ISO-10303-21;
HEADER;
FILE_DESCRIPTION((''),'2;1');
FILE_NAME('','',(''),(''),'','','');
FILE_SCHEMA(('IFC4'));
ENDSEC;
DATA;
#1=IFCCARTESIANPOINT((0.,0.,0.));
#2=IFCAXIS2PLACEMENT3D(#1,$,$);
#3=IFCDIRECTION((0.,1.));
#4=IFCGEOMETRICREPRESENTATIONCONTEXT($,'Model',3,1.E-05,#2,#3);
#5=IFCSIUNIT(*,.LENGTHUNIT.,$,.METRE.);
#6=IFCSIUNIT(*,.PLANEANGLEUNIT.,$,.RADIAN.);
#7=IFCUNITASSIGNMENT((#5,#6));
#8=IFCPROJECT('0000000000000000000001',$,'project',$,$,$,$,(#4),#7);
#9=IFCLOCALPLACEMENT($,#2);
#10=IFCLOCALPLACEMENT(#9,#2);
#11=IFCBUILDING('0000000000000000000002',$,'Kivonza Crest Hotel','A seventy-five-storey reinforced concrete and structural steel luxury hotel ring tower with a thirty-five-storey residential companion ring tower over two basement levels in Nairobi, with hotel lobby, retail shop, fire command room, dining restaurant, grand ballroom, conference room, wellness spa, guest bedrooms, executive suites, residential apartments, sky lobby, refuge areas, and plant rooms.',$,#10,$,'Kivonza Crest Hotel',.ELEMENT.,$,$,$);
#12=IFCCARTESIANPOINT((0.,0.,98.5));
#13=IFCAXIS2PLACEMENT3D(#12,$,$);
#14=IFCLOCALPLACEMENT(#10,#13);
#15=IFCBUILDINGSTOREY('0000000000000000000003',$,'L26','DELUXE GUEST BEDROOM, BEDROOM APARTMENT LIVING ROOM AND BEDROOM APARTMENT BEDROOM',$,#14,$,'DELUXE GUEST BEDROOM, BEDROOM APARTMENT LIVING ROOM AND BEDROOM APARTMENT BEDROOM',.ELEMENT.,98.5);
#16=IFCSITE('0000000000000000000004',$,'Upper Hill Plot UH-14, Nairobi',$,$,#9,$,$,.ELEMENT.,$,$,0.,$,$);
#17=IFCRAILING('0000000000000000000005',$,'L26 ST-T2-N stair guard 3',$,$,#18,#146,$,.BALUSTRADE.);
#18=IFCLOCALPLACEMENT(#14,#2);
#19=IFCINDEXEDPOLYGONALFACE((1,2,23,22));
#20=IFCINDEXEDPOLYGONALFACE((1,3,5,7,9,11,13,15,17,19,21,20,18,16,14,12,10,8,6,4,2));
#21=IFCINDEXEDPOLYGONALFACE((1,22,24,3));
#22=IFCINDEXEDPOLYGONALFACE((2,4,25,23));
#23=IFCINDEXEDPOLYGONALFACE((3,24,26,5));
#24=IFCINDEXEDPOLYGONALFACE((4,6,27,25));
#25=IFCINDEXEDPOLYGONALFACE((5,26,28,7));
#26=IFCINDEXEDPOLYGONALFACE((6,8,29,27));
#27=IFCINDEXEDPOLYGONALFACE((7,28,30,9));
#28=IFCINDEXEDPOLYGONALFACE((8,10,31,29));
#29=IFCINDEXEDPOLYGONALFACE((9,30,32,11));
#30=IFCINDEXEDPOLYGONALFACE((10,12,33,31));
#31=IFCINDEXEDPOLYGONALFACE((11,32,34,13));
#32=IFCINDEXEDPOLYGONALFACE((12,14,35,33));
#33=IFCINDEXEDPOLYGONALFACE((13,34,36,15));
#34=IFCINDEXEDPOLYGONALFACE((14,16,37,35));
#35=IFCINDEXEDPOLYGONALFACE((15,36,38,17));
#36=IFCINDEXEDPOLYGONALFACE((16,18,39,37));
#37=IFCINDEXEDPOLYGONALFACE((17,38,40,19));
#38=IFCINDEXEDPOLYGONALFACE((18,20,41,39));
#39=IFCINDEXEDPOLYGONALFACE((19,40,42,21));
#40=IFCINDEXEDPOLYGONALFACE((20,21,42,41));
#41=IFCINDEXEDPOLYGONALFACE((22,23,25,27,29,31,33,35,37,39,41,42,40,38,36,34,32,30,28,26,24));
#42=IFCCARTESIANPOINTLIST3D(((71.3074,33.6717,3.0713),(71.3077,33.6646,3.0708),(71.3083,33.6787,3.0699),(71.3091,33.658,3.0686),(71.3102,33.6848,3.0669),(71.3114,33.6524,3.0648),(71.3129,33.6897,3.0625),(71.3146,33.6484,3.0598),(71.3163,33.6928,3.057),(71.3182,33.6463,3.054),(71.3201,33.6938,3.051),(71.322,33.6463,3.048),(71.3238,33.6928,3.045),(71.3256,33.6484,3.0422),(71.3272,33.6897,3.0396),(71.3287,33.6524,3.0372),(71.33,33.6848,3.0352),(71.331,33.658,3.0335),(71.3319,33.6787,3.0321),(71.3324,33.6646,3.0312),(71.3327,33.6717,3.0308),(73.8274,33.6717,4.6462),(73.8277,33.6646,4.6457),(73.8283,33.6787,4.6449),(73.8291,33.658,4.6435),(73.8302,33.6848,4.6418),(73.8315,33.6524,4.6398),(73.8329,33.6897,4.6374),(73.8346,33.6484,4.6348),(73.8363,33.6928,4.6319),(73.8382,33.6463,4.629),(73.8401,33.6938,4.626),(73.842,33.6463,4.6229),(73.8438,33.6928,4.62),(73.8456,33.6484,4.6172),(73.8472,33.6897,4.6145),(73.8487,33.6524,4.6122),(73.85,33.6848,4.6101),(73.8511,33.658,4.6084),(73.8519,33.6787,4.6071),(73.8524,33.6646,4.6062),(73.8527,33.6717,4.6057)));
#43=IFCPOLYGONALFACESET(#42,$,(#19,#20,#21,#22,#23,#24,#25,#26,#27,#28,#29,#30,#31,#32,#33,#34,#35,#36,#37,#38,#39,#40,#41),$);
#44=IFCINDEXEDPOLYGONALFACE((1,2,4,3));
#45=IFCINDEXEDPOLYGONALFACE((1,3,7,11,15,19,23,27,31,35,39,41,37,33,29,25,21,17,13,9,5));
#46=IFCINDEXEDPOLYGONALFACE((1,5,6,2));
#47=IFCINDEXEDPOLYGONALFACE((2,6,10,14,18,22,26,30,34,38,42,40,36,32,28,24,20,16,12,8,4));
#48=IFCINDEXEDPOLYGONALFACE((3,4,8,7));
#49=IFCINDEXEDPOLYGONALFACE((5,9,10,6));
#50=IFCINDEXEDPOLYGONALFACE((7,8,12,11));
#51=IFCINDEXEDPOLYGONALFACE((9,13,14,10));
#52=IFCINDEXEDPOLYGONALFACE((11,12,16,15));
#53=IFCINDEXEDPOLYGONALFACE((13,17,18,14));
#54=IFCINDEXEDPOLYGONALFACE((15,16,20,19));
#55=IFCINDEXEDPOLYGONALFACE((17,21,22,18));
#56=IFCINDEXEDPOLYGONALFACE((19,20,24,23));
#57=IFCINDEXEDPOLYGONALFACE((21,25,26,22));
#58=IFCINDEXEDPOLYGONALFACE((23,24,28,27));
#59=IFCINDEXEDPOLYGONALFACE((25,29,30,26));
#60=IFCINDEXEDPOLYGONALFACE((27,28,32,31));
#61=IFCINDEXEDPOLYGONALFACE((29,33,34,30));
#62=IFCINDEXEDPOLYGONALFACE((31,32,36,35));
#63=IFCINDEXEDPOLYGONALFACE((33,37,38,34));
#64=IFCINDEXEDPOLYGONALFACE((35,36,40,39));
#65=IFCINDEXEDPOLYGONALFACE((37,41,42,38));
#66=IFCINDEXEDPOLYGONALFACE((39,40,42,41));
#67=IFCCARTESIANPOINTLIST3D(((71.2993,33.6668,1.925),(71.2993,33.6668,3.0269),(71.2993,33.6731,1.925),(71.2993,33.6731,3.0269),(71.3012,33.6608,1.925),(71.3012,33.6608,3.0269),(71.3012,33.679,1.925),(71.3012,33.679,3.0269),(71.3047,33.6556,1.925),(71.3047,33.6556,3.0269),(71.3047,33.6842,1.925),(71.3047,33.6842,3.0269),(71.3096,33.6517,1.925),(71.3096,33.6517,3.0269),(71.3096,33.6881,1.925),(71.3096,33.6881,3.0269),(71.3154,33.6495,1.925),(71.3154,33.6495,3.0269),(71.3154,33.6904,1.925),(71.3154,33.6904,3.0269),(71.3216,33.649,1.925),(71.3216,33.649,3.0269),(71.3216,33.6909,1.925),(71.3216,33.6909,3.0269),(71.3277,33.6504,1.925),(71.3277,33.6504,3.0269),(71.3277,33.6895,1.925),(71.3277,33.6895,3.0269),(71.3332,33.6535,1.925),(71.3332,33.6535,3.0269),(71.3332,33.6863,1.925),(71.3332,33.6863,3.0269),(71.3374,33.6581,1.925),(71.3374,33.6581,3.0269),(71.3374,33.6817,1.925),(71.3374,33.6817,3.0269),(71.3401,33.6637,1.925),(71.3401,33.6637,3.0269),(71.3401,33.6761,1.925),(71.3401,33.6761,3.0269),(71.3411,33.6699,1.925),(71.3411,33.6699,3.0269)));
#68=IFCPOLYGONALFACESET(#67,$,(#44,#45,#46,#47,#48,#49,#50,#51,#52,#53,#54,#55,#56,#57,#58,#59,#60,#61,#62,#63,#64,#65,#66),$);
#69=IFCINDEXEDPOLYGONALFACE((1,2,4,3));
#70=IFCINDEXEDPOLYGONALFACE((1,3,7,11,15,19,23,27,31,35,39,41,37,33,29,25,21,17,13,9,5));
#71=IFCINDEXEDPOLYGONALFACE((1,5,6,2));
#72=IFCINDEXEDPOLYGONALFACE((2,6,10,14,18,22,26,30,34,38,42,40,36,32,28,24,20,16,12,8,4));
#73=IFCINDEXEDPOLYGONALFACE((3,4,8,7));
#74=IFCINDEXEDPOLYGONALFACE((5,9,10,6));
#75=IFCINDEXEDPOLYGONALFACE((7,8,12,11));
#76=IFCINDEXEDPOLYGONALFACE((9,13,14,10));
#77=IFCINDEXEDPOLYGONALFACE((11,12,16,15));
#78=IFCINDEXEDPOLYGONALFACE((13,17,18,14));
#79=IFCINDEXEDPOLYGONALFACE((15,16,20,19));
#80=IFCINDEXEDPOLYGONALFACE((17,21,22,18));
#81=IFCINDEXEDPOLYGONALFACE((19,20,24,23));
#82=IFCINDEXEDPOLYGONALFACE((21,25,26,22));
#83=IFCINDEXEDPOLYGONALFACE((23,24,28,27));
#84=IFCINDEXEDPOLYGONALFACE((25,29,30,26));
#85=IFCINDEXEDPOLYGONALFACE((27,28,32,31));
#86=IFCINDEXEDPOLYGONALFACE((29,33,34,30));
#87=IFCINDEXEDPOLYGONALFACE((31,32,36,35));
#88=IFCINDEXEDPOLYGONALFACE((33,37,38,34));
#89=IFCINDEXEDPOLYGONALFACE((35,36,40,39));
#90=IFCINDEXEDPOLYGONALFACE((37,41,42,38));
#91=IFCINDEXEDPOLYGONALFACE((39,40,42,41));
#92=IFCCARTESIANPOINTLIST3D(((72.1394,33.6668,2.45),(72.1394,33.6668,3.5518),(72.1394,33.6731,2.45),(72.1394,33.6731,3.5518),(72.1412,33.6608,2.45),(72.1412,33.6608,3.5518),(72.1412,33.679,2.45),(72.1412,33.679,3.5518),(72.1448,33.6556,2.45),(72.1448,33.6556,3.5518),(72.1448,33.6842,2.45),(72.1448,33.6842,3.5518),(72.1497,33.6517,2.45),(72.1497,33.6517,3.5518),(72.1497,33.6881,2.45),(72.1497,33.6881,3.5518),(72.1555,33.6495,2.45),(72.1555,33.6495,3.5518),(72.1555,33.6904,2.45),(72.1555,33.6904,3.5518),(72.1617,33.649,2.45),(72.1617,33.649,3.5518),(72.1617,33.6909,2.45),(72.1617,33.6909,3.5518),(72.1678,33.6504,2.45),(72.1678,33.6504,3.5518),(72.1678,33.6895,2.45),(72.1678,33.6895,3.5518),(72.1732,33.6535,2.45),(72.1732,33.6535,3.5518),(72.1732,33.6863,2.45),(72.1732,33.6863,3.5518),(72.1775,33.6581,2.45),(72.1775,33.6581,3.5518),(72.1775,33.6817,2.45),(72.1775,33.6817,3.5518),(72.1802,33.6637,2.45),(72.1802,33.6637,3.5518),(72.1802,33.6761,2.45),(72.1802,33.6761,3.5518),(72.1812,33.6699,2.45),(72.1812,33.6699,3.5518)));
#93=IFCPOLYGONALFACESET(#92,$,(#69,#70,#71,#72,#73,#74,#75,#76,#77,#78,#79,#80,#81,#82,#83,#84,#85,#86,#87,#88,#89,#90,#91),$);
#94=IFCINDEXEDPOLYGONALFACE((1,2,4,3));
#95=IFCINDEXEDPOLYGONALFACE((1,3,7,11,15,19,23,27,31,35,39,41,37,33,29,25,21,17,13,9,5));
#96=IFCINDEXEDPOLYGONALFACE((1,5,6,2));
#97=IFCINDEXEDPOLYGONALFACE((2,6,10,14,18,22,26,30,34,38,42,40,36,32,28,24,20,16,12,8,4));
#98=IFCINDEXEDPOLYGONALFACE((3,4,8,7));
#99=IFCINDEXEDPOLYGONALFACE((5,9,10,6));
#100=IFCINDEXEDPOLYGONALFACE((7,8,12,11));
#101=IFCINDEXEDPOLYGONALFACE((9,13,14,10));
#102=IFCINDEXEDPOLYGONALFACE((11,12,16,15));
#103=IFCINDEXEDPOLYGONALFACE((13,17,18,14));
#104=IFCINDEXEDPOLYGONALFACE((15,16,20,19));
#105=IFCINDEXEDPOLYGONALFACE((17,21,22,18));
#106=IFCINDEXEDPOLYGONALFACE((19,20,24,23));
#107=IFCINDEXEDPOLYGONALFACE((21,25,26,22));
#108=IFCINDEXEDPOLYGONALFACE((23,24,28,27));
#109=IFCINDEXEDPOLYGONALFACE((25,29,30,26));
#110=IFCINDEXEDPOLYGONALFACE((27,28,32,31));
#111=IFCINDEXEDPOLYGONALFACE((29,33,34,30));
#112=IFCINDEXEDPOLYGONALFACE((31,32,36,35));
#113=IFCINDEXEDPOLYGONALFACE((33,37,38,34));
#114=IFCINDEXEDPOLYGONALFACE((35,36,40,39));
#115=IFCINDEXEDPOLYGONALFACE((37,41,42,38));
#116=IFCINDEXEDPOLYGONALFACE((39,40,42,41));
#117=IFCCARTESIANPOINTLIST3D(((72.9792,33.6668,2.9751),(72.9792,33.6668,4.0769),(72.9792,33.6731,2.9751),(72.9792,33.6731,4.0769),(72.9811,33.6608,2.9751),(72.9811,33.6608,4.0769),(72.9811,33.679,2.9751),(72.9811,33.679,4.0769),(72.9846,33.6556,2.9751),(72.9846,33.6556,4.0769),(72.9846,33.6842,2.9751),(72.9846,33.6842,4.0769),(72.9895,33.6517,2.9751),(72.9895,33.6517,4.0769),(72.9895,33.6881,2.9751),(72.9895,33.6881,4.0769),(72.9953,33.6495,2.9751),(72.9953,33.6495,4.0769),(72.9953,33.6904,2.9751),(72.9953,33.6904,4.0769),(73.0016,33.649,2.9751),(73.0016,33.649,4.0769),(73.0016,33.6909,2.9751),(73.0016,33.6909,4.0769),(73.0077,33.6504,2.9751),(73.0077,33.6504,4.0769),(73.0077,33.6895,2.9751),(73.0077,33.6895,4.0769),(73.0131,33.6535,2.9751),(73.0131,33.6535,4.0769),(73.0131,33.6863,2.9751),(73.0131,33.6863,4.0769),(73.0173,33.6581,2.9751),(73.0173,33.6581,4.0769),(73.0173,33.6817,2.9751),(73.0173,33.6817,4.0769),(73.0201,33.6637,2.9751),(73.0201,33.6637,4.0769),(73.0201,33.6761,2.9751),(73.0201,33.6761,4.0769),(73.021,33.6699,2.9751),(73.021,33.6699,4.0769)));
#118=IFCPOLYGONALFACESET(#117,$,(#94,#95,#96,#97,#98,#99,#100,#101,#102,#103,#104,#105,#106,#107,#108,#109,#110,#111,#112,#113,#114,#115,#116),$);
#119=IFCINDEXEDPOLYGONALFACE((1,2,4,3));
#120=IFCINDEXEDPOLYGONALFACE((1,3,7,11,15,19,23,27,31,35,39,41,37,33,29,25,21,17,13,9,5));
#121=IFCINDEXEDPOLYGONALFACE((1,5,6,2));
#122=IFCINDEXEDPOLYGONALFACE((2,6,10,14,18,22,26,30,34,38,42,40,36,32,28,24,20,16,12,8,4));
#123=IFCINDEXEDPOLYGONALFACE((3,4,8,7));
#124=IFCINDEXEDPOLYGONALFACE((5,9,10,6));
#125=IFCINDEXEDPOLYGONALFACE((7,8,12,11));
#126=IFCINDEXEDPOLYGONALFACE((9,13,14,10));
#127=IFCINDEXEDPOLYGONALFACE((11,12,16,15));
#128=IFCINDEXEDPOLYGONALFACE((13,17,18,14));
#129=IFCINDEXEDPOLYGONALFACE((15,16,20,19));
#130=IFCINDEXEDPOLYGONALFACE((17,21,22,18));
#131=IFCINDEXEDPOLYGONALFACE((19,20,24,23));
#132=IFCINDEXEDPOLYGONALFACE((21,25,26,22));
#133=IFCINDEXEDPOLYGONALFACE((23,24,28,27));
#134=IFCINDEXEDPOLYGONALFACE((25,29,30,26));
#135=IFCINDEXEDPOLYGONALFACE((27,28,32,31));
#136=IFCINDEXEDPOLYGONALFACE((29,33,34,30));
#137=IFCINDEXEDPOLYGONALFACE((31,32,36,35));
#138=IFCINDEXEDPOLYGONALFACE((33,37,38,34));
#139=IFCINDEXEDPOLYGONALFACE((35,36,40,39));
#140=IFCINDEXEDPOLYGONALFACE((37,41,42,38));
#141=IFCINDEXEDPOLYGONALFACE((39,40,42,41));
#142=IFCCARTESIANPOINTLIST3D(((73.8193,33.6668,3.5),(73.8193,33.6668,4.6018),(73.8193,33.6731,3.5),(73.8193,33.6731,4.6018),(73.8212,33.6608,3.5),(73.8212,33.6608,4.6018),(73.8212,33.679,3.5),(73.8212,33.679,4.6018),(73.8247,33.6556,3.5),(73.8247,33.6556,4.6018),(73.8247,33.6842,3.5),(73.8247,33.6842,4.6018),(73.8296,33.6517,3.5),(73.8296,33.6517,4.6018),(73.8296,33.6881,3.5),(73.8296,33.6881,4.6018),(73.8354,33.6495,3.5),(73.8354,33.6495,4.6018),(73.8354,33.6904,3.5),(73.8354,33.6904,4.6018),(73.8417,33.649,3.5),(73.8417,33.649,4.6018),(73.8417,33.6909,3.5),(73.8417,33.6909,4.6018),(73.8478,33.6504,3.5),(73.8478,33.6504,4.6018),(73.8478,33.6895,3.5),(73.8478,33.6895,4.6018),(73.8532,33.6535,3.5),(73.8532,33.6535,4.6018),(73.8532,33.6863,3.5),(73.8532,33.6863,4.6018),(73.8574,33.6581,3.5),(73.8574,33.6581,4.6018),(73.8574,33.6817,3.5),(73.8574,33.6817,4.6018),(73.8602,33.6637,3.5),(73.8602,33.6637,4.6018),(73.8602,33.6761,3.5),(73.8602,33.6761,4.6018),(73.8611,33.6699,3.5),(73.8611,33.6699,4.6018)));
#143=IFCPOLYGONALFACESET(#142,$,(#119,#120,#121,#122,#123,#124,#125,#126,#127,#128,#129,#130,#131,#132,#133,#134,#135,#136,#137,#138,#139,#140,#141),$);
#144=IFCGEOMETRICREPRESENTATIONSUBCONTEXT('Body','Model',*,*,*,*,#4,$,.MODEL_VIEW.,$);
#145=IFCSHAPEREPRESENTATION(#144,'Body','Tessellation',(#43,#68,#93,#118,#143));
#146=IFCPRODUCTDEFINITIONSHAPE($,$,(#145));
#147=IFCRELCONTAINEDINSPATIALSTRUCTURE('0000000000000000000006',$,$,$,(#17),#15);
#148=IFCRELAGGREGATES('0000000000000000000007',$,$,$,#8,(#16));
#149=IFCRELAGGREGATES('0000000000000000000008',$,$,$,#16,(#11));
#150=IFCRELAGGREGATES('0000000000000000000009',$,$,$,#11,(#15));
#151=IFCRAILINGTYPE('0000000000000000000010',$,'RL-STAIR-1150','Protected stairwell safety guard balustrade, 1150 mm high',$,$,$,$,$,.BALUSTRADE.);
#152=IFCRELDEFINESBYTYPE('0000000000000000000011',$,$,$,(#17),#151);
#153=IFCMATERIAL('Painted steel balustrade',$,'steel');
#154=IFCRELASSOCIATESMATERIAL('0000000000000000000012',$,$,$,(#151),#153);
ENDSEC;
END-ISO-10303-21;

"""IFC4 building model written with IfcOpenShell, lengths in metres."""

from ifc_helpers import new_model, si_unit, direction, frame, origin, origin_2d, place, context, subcontext, project, spatial, circle, extrude, material, type_object, element, save


model = new_model("IFC4")

# Units and contexts
model_context = context("Model", 3, precision=1e-05, world=origin(), true_north=direction((0.0, 1.0)))
body_context = subcontext(model_context, "Body", "Model", "MODEL_VIEW")
ifc_project = project(units=[si_unit("LENGTHUNIT", "METRE"), si_unit("PLANEANGLEUNIT", "RADIAN")], contexts=[model_context])

# Site, building, storey
site_placement = place(None, origin())
site = spatial("IfcSite", under=ifc_project, at=site_placement, Name="Upper Hill Plot UH-14, Nairobi", CompositionType="ELEMENT", RefElevation=0.0)
building_placement = place(site_placement, origin())
building = spatial("IfcBuilding", under=site, at=building_placement, Name="Kivonza Crest Hotel", Description="A seventy-five-storey reinforced concrete and structural steel luxury hotel ring tower with a thirty-five-storey residential companion ring tower over two basement levels in Nairobi, with hotel lobby, retail shop, fire command room, dining restaurant, grand ballroom, conference room, wellness spa, guest bedrooms, executive suites, residential apartments, sky lobby, refuge areas, and plant rooms.", LongName="Kivonza Crest Hotel", CompositionType="ELEMENT")
storey_placement = place(building_placement, frame((0.0, 0.0, 98.5)))
storey = spatial("IfcBuildingStorey", under=building, at=storey_placement, Name="L26", Description="DELUXE GUEST BEDROOM, BEDROOM APARTMENT LIVING ROOM AND BEDROOM APARTMENT BEDROOM", LongName="DELUXE GUEST BEDROOM, BEDROOM APARTMENT LIVING ROOM AND BEDROOM APARTMENT BEDROOM", CompositionType="ELEMENT", Elevation=98.5)

# Railing
ifc_material_1 = material(Name="Painted steel balustrade", Category="steel")
railing_type_1 = type_object("IfcRailingType", Name="RL-STAIR-1150", Description="Protected stairwell safety guard balustrade, 1150 mm high", PredefinedType="BALUSTRADE", material=ifc_material_1)
railing_1_placement = place(storey_placement, frame((71.3201, 33.6699, 1.925)))
element("IfcRailing", 1, at=railing_1_placement, inside=storey, type_object=railing_type_1, Name="L26 ST-T2-N stair guard 3", PredefinedType="BALUSTRADE", context=body_context, shape_type="SweptSolid", body=[
    extrude(circle(Radius=0.0239, at=origin_2d()), frame((0.0, 0.0, 1.126), z_axis=(0.848008, 0.0, 0.529984), x_axis=(0.0, 1.0, 0.0)), (0.0, 0.0, 1.0), 2.9717),
    extrude(circle(Radius=0.021, at=origin_2d()), origin(), (0.0, 0.0, 1.0), 1.1018),
    extrude(circle(Radius=0.021, at=origin_2d()), frame((0.8401, 0.0, 0.5249)), (0.0, 0.0, 1.0), 1.1018),
    extrude(circle(Radius=0.021, at=origin_2d()), frame((1.6799, 0.0, 1.05)), (0.0, 0.0, 1.0), 1.1018),
    extrude(circle(Radius=0.021, at=origin_2d()), frame((2.52, 0.0, 1.575)), (0.0, 0.0, 1.0), 1.1018),
])

save(model, "model.ifc")
